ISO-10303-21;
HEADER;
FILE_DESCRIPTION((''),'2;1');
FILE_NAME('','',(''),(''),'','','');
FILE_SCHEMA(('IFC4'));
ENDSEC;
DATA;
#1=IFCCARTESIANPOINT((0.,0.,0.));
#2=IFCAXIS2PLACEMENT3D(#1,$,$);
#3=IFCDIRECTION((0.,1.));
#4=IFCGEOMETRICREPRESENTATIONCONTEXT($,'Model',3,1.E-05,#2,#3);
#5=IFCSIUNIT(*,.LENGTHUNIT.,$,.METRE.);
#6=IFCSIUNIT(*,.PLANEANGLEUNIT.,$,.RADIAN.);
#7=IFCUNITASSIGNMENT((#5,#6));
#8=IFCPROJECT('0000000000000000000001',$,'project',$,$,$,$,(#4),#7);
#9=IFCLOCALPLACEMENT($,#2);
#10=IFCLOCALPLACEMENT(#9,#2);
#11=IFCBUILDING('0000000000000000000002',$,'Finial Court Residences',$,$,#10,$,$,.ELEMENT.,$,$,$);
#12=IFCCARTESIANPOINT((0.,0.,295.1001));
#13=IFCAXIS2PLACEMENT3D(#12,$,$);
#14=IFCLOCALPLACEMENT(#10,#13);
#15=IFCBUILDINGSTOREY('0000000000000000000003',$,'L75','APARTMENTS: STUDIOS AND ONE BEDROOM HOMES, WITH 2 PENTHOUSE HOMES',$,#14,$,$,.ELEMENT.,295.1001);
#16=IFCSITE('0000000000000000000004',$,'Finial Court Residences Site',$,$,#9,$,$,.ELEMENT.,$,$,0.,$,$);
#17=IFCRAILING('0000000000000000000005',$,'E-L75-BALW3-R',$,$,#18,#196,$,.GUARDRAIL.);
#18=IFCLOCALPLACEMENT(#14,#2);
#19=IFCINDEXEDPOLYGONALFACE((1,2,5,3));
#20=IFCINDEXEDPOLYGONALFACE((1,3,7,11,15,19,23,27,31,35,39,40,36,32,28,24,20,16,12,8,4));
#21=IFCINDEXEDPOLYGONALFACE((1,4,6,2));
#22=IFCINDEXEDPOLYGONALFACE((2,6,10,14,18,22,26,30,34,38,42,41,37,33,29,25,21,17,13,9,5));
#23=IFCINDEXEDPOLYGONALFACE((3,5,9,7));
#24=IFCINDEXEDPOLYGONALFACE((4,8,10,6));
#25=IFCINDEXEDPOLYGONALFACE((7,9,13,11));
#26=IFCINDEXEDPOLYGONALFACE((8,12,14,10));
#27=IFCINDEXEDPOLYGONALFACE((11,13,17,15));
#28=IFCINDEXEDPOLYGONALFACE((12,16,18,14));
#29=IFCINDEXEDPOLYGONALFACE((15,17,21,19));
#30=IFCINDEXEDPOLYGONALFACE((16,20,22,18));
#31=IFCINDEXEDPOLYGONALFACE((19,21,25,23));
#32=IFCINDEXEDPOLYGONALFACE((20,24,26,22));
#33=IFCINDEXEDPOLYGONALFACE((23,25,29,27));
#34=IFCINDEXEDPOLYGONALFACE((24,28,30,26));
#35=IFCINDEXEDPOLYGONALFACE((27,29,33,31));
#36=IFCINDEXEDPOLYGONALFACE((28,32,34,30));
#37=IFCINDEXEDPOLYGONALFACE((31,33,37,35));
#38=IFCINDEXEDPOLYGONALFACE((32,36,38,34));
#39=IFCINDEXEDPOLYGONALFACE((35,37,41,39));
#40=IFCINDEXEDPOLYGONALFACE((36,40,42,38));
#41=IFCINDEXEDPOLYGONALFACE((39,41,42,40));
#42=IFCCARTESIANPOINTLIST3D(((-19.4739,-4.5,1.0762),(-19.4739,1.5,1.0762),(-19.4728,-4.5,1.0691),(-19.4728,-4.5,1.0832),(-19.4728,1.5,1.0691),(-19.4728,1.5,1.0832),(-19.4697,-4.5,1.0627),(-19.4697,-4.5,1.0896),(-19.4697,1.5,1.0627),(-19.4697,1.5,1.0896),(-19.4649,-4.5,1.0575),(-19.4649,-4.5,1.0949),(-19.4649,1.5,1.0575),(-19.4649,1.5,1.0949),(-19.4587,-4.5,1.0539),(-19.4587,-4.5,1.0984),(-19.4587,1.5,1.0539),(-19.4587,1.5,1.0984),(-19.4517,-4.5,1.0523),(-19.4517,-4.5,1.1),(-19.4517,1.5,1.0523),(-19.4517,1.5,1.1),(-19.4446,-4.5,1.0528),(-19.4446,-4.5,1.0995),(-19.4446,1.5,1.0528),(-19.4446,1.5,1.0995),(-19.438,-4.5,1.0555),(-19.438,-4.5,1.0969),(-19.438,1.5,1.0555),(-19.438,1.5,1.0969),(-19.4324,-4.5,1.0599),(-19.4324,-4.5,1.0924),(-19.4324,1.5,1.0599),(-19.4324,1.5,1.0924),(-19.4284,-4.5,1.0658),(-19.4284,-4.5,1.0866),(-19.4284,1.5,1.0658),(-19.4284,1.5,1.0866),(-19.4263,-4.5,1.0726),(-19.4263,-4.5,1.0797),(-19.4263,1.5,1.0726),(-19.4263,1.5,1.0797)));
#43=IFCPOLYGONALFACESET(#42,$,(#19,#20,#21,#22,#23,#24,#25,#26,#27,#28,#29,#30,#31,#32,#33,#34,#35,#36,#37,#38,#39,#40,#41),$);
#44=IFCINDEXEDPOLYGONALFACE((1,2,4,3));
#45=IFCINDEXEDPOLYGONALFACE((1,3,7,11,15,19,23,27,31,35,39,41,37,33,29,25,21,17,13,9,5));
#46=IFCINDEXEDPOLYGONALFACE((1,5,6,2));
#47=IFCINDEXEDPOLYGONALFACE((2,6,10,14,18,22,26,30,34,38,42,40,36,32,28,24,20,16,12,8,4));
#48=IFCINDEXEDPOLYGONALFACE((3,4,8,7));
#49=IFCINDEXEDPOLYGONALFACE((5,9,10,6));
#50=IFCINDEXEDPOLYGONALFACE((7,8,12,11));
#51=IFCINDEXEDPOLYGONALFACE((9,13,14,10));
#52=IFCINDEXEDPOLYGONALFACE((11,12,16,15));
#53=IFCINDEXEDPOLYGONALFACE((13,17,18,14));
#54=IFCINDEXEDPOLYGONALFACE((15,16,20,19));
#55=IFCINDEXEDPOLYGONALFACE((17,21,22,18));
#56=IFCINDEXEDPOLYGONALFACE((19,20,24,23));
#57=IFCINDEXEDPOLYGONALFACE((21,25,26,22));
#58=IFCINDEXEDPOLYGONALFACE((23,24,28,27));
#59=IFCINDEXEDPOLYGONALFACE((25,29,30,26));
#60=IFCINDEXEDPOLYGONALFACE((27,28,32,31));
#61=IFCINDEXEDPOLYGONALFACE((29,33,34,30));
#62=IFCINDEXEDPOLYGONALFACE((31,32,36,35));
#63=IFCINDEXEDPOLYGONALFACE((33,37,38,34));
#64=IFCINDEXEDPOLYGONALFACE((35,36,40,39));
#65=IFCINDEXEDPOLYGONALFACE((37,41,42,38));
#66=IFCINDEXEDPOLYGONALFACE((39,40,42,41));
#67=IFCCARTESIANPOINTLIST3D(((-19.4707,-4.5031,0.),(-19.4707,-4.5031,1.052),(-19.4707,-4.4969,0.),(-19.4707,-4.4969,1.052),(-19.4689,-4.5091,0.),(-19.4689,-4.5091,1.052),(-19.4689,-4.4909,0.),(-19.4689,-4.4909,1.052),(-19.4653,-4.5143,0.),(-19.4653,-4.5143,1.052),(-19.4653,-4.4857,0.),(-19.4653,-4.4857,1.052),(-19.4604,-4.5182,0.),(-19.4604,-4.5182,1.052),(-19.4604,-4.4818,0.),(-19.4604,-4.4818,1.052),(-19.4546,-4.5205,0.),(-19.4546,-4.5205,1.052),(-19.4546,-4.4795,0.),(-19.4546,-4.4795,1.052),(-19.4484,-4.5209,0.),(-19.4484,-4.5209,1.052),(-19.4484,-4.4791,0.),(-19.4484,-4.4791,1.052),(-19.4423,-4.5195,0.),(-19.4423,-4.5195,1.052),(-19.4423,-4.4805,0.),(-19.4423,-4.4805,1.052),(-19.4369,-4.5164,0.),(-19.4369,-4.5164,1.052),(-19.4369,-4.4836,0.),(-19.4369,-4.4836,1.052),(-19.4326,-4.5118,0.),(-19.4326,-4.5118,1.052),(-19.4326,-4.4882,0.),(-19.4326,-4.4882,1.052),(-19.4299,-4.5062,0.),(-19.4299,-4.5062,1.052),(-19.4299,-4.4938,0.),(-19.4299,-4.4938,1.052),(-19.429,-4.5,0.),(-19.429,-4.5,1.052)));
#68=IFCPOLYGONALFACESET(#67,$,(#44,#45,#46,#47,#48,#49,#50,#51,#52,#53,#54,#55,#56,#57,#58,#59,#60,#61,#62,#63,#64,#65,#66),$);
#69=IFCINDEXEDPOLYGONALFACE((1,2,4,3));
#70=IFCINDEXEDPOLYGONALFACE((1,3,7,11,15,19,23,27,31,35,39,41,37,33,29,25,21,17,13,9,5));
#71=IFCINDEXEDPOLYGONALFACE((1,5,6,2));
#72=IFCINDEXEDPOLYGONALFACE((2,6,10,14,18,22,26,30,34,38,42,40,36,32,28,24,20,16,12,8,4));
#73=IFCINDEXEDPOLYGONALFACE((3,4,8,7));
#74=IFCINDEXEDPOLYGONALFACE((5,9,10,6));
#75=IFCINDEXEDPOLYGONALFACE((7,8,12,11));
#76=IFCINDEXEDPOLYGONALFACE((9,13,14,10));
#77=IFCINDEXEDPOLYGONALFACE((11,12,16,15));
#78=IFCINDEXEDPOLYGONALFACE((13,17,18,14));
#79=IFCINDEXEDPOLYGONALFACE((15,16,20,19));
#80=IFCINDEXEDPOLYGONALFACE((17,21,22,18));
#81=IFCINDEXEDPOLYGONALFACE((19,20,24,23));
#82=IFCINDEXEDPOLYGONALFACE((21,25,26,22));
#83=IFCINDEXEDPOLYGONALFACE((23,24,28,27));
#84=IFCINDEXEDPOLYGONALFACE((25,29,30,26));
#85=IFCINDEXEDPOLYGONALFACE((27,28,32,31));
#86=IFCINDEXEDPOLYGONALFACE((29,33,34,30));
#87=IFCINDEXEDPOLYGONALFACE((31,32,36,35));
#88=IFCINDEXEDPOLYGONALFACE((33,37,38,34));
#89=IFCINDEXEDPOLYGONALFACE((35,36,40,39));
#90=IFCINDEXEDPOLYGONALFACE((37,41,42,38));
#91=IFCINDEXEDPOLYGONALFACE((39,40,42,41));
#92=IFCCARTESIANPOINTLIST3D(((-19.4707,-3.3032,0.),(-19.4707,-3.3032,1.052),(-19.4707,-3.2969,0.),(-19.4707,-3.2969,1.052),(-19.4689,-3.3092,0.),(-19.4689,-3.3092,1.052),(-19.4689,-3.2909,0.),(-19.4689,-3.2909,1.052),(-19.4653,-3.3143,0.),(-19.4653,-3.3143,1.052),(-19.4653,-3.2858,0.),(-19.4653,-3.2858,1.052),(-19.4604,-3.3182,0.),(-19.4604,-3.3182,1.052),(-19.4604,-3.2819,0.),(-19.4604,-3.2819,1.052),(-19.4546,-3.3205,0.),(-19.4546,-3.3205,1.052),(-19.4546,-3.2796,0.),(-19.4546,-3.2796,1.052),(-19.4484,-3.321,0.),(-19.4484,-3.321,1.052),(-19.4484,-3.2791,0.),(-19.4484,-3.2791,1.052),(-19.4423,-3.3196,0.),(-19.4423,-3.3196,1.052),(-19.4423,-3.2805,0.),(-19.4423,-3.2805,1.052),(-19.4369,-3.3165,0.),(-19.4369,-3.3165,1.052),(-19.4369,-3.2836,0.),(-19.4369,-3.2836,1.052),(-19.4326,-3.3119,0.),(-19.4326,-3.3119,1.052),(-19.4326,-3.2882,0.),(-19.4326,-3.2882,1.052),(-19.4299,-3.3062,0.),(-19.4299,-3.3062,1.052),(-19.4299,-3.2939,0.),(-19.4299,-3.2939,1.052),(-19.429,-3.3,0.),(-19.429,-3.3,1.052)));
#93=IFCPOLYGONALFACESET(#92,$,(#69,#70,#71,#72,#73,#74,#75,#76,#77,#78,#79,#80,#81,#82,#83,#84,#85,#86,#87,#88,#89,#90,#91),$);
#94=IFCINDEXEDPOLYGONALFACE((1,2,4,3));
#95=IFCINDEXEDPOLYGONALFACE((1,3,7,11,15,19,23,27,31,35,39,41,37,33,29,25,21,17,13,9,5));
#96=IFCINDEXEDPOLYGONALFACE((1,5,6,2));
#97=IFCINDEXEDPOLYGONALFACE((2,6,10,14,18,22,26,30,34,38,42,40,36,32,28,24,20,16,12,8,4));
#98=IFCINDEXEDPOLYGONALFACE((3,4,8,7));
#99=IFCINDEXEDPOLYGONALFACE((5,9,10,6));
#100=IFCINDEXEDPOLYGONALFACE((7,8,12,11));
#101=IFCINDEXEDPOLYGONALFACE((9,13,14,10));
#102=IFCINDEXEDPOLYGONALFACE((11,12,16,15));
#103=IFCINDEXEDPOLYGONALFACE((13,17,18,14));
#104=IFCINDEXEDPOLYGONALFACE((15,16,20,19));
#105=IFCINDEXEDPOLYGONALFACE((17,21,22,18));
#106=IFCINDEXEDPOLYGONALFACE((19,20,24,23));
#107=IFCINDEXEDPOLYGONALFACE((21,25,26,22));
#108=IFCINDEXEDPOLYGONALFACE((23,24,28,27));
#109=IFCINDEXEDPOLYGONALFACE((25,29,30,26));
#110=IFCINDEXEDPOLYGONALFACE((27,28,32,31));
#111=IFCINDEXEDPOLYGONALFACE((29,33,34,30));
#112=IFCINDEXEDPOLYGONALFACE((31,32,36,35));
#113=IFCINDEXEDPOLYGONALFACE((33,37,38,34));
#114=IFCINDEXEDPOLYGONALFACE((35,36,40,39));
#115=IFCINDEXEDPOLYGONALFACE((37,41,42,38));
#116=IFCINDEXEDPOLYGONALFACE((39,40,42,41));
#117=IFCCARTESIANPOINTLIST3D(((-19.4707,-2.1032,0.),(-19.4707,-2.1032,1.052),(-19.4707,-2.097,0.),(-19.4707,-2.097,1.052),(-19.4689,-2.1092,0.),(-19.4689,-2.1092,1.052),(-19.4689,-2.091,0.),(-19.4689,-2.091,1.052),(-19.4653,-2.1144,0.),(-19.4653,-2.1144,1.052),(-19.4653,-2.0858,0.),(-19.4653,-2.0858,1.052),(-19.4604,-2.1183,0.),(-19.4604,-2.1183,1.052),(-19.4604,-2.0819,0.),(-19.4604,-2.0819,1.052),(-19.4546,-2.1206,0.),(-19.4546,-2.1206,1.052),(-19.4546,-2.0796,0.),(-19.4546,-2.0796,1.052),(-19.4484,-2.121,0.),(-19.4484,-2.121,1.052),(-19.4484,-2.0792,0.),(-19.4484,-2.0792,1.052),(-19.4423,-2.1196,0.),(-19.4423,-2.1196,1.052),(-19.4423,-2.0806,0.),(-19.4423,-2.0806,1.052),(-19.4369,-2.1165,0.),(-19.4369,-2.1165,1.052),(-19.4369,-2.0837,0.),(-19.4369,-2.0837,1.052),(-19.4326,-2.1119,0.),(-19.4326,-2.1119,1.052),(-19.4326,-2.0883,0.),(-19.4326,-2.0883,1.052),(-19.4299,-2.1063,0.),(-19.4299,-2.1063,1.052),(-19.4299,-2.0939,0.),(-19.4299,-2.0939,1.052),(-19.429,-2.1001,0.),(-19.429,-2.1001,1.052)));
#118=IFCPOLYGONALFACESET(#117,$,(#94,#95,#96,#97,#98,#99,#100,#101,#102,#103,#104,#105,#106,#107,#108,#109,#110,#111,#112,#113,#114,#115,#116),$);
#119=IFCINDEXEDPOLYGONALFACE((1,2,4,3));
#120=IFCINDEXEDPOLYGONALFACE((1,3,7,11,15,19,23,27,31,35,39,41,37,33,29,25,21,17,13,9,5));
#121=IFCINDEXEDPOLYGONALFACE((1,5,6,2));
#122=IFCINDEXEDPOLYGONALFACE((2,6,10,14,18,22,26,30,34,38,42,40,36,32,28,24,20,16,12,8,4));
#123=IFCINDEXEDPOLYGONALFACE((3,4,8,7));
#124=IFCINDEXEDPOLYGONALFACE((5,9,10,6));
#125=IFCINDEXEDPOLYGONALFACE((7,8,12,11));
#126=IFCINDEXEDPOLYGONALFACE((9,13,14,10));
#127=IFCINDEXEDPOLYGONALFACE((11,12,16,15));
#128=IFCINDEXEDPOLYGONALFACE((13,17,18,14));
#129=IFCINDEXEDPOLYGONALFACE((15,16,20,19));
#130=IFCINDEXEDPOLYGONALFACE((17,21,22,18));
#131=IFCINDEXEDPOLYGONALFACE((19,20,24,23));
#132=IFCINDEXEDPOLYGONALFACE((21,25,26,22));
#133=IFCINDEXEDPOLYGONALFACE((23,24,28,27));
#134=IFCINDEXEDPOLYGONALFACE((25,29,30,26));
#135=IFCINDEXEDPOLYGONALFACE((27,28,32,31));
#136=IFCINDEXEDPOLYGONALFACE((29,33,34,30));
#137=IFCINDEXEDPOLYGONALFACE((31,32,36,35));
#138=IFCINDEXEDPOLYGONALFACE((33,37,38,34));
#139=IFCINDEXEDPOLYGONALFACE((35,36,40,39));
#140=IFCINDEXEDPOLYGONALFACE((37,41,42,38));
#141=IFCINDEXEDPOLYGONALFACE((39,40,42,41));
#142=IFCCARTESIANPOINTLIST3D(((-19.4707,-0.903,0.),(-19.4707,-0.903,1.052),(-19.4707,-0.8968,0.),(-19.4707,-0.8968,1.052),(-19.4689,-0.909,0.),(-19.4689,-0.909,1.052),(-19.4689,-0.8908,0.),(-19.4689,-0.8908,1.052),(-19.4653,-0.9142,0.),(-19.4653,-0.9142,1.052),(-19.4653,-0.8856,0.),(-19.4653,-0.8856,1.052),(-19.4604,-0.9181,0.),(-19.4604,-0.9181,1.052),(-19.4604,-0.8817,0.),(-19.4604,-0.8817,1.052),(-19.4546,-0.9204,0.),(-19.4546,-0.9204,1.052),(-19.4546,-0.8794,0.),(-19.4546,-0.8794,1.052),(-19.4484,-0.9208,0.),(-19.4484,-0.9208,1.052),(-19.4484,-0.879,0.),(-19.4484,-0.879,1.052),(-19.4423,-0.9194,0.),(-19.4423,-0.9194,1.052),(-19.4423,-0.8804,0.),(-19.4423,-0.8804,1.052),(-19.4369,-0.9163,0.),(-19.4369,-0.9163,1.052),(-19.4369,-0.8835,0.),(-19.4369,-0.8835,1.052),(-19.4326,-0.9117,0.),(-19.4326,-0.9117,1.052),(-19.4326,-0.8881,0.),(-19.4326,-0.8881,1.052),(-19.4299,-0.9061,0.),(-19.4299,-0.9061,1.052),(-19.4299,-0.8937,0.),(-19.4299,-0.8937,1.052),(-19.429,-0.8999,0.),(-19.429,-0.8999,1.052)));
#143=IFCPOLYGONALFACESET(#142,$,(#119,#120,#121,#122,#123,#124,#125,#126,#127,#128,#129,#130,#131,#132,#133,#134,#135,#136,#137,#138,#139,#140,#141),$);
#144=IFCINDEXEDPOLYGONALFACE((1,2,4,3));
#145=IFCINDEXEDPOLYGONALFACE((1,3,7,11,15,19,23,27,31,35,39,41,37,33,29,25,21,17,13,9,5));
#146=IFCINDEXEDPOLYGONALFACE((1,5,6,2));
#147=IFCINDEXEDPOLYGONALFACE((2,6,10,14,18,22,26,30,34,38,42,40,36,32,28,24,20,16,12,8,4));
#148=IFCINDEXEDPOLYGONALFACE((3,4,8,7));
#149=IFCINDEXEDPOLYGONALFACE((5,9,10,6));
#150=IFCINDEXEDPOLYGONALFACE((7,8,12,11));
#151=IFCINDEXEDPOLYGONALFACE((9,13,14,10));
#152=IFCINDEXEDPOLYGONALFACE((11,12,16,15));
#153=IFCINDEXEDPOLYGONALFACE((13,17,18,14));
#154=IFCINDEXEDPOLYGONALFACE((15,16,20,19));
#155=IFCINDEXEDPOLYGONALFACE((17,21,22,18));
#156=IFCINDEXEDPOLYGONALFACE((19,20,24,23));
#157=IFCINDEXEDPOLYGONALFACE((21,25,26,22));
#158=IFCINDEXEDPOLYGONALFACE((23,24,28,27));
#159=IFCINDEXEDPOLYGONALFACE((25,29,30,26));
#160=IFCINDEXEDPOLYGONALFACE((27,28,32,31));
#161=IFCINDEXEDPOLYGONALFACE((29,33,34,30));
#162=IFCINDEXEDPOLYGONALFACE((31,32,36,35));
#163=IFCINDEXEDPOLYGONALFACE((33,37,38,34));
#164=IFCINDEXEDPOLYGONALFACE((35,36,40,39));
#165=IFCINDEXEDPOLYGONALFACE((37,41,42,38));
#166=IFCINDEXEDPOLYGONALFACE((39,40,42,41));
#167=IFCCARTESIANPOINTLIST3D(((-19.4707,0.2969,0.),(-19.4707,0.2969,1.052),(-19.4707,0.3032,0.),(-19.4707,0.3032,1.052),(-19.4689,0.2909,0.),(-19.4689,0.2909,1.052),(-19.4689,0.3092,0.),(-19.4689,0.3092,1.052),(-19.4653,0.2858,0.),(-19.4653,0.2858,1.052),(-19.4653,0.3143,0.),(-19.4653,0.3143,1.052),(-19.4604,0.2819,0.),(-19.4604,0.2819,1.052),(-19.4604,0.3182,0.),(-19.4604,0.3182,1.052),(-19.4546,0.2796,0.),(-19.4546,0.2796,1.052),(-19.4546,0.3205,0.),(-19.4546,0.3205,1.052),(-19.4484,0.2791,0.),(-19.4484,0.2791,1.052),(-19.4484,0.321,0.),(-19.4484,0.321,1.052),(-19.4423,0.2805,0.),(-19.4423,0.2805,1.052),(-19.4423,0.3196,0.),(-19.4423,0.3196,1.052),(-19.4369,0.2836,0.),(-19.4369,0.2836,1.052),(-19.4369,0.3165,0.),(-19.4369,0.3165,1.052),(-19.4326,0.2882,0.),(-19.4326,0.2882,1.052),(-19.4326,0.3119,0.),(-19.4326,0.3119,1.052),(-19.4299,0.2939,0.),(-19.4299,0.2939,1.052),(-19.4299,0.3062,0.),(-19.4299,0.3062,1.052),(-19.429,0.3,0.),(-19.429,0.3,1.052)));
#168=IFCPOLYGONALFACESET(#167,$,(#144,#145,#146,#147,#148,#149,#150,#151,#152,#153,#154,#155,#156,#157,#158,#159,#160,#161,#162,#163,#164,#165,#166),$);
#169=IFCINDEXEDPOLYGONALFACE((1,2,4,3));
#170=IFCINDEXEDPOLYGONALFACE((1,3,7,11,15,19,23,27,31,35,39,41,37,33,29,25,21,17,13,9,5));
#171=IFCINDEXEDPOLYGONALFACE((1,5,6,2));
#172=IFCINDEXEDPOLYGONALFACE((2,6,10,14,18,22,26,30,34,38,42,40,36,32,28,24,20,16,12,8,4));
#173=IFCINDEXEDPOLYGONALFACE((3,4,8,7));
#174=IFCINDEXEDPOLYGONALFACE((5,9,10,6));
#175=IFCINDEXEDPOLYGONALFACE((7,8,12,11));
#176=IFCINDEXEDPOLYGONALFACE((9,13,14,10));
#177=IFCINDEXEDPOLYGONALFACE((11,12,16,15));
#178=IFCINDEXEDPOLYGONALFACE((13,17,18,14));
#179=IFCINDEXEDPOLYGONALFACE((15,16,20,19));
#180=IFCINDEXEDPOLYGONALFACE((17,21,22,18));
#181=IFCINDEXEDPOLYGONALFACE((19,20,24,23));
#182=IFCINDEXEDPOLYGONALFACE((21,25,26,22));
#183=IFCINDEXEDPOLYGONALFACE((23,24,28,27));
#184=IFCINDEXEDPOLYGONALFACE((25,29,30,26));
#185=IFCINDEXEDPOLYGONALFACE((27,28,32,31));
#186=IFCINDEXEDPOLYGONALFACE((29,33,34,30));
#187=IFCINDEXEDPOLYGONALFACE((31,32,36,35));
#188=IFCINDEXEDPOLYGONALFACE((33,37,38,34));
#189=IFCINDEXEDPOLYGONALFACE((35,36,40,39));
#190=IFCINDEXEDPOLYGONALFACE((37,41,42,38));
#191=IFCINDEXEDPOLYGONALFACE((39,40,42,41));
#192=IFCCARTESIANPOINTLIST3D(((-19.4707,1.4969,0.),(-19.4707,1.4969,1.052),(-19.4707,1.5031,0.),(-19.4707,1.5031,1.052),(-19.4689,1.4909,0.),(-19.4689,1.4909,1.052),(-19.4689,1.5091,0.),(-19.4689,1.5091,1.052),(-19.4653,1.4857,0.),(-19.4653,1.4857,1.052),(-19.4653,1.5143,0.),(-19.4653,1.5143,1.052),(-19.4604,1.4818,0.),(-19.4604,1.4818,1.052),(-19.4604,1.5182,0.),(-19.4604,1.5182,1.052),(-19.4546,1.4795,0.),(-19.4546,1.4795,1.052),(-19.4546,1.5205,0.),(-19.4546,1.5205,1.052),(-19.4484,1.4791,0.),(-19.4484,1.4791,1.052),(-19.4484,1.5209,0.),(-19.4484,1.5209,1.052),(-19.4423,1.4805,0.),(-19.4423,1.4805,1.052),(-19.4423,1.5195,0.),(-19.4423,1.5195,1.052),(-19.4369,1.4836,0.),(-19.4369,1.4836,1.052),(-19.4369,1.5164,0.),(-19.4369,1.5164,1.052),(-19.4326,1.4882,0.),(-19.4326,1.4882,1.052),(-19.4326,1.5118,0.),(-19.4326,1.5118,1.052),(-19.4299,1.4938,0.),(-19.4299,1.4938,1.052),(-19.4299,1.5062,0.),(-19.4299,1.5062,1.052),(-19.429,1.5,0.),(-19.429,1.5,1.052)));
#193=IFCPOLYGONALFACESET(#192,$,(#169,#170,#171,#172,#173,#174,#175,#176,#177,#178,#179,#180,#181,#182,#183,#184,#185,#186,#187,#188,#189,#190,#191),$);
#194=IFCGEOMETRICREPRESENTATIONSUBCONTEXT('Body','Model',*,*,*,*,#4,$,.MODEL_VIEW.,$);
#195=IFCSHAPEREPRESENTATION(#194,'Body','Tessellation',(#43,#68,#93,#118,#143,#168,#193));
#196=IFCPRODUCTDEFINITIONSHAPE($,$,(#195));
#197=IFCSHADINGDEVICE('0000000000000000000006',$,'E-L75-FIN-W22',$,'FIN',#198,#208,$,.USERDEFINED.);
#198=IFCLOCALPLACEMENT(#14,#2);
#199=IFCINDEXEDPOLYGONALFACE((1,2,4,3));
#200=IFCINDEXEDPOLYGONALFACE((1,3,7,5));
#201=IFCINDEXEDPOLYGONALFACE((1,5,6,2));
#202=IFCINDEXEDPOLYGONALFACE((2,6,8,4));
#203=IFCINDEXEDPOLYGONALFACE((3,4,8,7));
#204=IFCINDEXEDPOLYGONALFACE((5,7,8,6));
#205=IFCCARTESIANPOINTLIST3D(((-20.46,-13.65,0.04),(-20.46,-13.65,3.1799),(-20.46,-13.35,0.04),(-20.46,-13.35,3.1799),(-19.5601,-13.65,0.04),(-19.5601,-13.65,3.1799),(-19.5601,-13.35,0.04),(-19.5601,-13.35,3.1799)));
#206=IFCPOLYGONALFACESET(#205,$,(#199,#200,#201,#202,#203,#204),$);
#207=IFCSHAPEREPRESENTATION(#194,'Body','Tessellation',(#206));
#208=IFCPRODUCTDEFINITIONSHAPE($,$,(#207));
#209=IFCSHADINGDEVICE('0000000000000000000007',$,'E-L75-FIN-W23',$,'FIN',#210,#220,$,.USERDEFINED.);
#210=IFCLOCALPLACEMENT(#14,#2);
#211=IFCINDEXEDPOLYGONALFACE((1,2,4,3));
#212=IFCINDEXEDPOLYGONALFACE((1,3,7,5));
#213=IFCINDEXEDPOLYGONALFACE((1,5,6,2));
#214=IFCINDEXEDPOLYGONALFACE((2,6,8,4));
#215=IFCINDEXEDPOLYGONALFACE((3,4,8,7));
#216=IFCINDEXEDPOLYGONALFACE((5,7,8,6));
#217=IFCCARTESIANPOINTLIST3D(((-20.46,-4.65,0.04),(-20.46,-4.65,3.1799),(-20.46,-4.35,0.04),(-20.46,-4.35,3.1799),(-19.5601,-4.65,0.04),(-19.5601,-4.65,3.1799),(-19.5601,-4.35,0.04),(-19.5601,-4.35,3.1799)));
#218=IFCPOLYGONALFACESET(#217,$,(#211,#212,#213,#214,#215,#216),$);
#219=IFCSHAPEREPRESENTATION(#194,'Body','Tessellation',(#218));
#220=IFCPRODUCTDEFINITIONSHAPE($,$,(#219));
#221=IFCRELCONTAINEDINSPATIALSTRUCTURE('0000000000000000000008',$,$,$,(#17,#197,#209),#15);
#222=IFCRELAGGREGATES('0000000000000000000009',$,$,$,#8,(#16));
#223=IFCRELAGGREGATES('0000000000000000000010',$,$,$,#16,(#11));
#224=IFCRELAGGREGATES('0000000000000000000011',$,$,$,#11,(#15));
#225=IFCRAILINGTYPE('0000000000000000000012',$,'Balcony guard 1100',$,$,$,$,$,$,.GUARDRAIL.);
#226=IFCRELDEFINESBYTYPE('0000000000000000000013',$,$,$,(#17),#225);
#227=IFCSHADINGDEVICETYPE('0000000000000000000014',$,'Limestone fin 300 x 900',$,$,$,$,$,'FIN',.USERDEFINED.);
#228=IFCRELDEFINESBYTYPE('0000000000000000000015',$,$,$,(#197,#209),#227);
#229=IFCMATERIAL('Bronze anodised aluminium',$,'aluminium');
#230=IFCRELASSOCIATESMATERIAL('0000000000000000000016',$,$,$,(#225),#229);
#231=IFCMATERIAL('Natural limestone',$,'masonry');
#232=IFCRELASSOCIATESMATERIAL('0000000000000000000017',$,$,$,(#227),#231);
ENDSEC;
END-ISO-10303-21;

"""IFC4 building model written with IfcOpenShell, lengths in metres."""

from ifc_helpers import new_model, si_unit, direction, frame, origin, origin_2d, place, context, subcontext, project, spatial, rectangle, circle, extrude, material, type_object, element, save


model = new_model("IFC4")

# Units and contexts
model_context = context("Model", 3, precision=1e-05, world=origin(), true_north=direction((0.0, 1.0)))
body_context = subcontext(model_context, "Body", "Model", "MODEL_VIEW")
ifc_project = project(units=[si_unit("LENGTHUNIT", "METRE"), si_unit("PLANEANGLEUNIT", "RADIAN")], contexts=[model_context])

# Site, building, storey
site_placement = place(None, origin())
site = spatial("IfcSite", under=ifc_project, at=site_placement, Name="Finial Court Residences Site", CompositionType="ELEMENT", RefElevation=0.0)
building_placement = place(site_placement, origin())
building = spatial("IfcBuilding", under=site, at=building_placement, Name="Finial Court Residences", CompositionType="ELEMENT")
storey_placement = place(building_placement, frame((0.0, 0.0, 295.1001)))
storey = spatial("IfcBuildingStorey", under=building, at=storey_placement, Name="L75", Description="APARTMENTS: STUDIOS AND ONE BEDROOM HOMES, WITH 2 PENTHOUSE HOMES", CompositionType="ELEMENT", Elevation=295.1001)

# Shared definitions
ifc_material_1 = material(Name="Bronze anodised aluminium", Category="aluminium")

# Shared definitions
ifc_material_2 = material(Name="Natural limestone", Category="masonry")

# Railing
railing_type = type_object("IfcRailingType", Name="Balcony guard 1100", PredefinedType="GUARDRAIL", material=ifc_material_1)
railing_placement = place(storey_placement, frame((-19.45, -4.5, 0.0)))
element("IfcRailing", 1, at=railing_placement, inside=storey, type_object=railing_type, Name="E-L75-BALW3-R", PredefinedType="GUARDRAIL", context=body_context, shape_type="SweptSolid", body=[
    extrude(circle(Radius=0.0239, at=origin_2d()), frame((0.0, 0.0, 1.0762), z_axis=(0.0, 1.0, 0.0), x_axis=(-1.0, 0.0, 0.0)), (0.0, 0.0, 1.0), 6.0),
    extrude(circle(Radius=0.021, at=origin_2d()), origin(), (0.0, 0.0, 1.0), 1.052),
    extrude(circle(Radius=0.021, at=origin_2d()), frame((0.0, 1.2, 0.0)), (0.0, 0.0, 1.0), 1.052),
    extrude(circle(Radius=0.021, at=origin_2d()), frame((0.0, 2.3999, 0.0)), (0.0, 0.0, 1.0), 1.052),
    extrude(circle(Radius=0.021, at=origin_2d()), frame((0.0, 3.6001, 0.0)), (0.0, 0.0, 1.0), 1.052),
    extrude(circle(Radius=0.021, at=origin_2d()), frame((0.0, 4.8, 0.0)), (0.0, 0.0, 1.0), 1.052),
    extrude(circle(Radius=0.021, at=origin_2d()), frame((0.0, 6.0, 0.0)), (0.0, 0.0, 1.0), 1.052),
])

# Shading devices
shading_device_type = type_object("IfcShadingDeviceType", Name="Limestone fin 300 x 900", ElementType="FIN", PredefinedType="USERDEFINED", material=ifc_material_2)
for number, where, z_axis, x_axis, name in (
    (2, (-20.01, -13.5, 0.04), (0.0, 0.0, 1.0), (1.0, 0.0, 0.0), "E-L75-FIN-W22"),
    (3, (-20.01, -4.5, 0.04), (0.0, 0.0, 1.0), (1.0, 0.0, 0.0), "E-L75-FIN-W23"),
):
    element("IfcShadingDevice", number, at=place(storey_placement, frame(where, z_axis=z_axis, x_axis=x_axis)), inside=storey, type_object=shading_device_type, Name=name, ObjectType="FIN", PredefinedType="USERDEFINED", context=body_context, shape_type="SweptSolid", body=[
        extrude(rectangle(XDim=0.8999, YDim=0.3, at=origin_2d()), origin(), (0.0, 0.0, 1.0), 3.1399),
    ])

save(model, "model.ifc")
